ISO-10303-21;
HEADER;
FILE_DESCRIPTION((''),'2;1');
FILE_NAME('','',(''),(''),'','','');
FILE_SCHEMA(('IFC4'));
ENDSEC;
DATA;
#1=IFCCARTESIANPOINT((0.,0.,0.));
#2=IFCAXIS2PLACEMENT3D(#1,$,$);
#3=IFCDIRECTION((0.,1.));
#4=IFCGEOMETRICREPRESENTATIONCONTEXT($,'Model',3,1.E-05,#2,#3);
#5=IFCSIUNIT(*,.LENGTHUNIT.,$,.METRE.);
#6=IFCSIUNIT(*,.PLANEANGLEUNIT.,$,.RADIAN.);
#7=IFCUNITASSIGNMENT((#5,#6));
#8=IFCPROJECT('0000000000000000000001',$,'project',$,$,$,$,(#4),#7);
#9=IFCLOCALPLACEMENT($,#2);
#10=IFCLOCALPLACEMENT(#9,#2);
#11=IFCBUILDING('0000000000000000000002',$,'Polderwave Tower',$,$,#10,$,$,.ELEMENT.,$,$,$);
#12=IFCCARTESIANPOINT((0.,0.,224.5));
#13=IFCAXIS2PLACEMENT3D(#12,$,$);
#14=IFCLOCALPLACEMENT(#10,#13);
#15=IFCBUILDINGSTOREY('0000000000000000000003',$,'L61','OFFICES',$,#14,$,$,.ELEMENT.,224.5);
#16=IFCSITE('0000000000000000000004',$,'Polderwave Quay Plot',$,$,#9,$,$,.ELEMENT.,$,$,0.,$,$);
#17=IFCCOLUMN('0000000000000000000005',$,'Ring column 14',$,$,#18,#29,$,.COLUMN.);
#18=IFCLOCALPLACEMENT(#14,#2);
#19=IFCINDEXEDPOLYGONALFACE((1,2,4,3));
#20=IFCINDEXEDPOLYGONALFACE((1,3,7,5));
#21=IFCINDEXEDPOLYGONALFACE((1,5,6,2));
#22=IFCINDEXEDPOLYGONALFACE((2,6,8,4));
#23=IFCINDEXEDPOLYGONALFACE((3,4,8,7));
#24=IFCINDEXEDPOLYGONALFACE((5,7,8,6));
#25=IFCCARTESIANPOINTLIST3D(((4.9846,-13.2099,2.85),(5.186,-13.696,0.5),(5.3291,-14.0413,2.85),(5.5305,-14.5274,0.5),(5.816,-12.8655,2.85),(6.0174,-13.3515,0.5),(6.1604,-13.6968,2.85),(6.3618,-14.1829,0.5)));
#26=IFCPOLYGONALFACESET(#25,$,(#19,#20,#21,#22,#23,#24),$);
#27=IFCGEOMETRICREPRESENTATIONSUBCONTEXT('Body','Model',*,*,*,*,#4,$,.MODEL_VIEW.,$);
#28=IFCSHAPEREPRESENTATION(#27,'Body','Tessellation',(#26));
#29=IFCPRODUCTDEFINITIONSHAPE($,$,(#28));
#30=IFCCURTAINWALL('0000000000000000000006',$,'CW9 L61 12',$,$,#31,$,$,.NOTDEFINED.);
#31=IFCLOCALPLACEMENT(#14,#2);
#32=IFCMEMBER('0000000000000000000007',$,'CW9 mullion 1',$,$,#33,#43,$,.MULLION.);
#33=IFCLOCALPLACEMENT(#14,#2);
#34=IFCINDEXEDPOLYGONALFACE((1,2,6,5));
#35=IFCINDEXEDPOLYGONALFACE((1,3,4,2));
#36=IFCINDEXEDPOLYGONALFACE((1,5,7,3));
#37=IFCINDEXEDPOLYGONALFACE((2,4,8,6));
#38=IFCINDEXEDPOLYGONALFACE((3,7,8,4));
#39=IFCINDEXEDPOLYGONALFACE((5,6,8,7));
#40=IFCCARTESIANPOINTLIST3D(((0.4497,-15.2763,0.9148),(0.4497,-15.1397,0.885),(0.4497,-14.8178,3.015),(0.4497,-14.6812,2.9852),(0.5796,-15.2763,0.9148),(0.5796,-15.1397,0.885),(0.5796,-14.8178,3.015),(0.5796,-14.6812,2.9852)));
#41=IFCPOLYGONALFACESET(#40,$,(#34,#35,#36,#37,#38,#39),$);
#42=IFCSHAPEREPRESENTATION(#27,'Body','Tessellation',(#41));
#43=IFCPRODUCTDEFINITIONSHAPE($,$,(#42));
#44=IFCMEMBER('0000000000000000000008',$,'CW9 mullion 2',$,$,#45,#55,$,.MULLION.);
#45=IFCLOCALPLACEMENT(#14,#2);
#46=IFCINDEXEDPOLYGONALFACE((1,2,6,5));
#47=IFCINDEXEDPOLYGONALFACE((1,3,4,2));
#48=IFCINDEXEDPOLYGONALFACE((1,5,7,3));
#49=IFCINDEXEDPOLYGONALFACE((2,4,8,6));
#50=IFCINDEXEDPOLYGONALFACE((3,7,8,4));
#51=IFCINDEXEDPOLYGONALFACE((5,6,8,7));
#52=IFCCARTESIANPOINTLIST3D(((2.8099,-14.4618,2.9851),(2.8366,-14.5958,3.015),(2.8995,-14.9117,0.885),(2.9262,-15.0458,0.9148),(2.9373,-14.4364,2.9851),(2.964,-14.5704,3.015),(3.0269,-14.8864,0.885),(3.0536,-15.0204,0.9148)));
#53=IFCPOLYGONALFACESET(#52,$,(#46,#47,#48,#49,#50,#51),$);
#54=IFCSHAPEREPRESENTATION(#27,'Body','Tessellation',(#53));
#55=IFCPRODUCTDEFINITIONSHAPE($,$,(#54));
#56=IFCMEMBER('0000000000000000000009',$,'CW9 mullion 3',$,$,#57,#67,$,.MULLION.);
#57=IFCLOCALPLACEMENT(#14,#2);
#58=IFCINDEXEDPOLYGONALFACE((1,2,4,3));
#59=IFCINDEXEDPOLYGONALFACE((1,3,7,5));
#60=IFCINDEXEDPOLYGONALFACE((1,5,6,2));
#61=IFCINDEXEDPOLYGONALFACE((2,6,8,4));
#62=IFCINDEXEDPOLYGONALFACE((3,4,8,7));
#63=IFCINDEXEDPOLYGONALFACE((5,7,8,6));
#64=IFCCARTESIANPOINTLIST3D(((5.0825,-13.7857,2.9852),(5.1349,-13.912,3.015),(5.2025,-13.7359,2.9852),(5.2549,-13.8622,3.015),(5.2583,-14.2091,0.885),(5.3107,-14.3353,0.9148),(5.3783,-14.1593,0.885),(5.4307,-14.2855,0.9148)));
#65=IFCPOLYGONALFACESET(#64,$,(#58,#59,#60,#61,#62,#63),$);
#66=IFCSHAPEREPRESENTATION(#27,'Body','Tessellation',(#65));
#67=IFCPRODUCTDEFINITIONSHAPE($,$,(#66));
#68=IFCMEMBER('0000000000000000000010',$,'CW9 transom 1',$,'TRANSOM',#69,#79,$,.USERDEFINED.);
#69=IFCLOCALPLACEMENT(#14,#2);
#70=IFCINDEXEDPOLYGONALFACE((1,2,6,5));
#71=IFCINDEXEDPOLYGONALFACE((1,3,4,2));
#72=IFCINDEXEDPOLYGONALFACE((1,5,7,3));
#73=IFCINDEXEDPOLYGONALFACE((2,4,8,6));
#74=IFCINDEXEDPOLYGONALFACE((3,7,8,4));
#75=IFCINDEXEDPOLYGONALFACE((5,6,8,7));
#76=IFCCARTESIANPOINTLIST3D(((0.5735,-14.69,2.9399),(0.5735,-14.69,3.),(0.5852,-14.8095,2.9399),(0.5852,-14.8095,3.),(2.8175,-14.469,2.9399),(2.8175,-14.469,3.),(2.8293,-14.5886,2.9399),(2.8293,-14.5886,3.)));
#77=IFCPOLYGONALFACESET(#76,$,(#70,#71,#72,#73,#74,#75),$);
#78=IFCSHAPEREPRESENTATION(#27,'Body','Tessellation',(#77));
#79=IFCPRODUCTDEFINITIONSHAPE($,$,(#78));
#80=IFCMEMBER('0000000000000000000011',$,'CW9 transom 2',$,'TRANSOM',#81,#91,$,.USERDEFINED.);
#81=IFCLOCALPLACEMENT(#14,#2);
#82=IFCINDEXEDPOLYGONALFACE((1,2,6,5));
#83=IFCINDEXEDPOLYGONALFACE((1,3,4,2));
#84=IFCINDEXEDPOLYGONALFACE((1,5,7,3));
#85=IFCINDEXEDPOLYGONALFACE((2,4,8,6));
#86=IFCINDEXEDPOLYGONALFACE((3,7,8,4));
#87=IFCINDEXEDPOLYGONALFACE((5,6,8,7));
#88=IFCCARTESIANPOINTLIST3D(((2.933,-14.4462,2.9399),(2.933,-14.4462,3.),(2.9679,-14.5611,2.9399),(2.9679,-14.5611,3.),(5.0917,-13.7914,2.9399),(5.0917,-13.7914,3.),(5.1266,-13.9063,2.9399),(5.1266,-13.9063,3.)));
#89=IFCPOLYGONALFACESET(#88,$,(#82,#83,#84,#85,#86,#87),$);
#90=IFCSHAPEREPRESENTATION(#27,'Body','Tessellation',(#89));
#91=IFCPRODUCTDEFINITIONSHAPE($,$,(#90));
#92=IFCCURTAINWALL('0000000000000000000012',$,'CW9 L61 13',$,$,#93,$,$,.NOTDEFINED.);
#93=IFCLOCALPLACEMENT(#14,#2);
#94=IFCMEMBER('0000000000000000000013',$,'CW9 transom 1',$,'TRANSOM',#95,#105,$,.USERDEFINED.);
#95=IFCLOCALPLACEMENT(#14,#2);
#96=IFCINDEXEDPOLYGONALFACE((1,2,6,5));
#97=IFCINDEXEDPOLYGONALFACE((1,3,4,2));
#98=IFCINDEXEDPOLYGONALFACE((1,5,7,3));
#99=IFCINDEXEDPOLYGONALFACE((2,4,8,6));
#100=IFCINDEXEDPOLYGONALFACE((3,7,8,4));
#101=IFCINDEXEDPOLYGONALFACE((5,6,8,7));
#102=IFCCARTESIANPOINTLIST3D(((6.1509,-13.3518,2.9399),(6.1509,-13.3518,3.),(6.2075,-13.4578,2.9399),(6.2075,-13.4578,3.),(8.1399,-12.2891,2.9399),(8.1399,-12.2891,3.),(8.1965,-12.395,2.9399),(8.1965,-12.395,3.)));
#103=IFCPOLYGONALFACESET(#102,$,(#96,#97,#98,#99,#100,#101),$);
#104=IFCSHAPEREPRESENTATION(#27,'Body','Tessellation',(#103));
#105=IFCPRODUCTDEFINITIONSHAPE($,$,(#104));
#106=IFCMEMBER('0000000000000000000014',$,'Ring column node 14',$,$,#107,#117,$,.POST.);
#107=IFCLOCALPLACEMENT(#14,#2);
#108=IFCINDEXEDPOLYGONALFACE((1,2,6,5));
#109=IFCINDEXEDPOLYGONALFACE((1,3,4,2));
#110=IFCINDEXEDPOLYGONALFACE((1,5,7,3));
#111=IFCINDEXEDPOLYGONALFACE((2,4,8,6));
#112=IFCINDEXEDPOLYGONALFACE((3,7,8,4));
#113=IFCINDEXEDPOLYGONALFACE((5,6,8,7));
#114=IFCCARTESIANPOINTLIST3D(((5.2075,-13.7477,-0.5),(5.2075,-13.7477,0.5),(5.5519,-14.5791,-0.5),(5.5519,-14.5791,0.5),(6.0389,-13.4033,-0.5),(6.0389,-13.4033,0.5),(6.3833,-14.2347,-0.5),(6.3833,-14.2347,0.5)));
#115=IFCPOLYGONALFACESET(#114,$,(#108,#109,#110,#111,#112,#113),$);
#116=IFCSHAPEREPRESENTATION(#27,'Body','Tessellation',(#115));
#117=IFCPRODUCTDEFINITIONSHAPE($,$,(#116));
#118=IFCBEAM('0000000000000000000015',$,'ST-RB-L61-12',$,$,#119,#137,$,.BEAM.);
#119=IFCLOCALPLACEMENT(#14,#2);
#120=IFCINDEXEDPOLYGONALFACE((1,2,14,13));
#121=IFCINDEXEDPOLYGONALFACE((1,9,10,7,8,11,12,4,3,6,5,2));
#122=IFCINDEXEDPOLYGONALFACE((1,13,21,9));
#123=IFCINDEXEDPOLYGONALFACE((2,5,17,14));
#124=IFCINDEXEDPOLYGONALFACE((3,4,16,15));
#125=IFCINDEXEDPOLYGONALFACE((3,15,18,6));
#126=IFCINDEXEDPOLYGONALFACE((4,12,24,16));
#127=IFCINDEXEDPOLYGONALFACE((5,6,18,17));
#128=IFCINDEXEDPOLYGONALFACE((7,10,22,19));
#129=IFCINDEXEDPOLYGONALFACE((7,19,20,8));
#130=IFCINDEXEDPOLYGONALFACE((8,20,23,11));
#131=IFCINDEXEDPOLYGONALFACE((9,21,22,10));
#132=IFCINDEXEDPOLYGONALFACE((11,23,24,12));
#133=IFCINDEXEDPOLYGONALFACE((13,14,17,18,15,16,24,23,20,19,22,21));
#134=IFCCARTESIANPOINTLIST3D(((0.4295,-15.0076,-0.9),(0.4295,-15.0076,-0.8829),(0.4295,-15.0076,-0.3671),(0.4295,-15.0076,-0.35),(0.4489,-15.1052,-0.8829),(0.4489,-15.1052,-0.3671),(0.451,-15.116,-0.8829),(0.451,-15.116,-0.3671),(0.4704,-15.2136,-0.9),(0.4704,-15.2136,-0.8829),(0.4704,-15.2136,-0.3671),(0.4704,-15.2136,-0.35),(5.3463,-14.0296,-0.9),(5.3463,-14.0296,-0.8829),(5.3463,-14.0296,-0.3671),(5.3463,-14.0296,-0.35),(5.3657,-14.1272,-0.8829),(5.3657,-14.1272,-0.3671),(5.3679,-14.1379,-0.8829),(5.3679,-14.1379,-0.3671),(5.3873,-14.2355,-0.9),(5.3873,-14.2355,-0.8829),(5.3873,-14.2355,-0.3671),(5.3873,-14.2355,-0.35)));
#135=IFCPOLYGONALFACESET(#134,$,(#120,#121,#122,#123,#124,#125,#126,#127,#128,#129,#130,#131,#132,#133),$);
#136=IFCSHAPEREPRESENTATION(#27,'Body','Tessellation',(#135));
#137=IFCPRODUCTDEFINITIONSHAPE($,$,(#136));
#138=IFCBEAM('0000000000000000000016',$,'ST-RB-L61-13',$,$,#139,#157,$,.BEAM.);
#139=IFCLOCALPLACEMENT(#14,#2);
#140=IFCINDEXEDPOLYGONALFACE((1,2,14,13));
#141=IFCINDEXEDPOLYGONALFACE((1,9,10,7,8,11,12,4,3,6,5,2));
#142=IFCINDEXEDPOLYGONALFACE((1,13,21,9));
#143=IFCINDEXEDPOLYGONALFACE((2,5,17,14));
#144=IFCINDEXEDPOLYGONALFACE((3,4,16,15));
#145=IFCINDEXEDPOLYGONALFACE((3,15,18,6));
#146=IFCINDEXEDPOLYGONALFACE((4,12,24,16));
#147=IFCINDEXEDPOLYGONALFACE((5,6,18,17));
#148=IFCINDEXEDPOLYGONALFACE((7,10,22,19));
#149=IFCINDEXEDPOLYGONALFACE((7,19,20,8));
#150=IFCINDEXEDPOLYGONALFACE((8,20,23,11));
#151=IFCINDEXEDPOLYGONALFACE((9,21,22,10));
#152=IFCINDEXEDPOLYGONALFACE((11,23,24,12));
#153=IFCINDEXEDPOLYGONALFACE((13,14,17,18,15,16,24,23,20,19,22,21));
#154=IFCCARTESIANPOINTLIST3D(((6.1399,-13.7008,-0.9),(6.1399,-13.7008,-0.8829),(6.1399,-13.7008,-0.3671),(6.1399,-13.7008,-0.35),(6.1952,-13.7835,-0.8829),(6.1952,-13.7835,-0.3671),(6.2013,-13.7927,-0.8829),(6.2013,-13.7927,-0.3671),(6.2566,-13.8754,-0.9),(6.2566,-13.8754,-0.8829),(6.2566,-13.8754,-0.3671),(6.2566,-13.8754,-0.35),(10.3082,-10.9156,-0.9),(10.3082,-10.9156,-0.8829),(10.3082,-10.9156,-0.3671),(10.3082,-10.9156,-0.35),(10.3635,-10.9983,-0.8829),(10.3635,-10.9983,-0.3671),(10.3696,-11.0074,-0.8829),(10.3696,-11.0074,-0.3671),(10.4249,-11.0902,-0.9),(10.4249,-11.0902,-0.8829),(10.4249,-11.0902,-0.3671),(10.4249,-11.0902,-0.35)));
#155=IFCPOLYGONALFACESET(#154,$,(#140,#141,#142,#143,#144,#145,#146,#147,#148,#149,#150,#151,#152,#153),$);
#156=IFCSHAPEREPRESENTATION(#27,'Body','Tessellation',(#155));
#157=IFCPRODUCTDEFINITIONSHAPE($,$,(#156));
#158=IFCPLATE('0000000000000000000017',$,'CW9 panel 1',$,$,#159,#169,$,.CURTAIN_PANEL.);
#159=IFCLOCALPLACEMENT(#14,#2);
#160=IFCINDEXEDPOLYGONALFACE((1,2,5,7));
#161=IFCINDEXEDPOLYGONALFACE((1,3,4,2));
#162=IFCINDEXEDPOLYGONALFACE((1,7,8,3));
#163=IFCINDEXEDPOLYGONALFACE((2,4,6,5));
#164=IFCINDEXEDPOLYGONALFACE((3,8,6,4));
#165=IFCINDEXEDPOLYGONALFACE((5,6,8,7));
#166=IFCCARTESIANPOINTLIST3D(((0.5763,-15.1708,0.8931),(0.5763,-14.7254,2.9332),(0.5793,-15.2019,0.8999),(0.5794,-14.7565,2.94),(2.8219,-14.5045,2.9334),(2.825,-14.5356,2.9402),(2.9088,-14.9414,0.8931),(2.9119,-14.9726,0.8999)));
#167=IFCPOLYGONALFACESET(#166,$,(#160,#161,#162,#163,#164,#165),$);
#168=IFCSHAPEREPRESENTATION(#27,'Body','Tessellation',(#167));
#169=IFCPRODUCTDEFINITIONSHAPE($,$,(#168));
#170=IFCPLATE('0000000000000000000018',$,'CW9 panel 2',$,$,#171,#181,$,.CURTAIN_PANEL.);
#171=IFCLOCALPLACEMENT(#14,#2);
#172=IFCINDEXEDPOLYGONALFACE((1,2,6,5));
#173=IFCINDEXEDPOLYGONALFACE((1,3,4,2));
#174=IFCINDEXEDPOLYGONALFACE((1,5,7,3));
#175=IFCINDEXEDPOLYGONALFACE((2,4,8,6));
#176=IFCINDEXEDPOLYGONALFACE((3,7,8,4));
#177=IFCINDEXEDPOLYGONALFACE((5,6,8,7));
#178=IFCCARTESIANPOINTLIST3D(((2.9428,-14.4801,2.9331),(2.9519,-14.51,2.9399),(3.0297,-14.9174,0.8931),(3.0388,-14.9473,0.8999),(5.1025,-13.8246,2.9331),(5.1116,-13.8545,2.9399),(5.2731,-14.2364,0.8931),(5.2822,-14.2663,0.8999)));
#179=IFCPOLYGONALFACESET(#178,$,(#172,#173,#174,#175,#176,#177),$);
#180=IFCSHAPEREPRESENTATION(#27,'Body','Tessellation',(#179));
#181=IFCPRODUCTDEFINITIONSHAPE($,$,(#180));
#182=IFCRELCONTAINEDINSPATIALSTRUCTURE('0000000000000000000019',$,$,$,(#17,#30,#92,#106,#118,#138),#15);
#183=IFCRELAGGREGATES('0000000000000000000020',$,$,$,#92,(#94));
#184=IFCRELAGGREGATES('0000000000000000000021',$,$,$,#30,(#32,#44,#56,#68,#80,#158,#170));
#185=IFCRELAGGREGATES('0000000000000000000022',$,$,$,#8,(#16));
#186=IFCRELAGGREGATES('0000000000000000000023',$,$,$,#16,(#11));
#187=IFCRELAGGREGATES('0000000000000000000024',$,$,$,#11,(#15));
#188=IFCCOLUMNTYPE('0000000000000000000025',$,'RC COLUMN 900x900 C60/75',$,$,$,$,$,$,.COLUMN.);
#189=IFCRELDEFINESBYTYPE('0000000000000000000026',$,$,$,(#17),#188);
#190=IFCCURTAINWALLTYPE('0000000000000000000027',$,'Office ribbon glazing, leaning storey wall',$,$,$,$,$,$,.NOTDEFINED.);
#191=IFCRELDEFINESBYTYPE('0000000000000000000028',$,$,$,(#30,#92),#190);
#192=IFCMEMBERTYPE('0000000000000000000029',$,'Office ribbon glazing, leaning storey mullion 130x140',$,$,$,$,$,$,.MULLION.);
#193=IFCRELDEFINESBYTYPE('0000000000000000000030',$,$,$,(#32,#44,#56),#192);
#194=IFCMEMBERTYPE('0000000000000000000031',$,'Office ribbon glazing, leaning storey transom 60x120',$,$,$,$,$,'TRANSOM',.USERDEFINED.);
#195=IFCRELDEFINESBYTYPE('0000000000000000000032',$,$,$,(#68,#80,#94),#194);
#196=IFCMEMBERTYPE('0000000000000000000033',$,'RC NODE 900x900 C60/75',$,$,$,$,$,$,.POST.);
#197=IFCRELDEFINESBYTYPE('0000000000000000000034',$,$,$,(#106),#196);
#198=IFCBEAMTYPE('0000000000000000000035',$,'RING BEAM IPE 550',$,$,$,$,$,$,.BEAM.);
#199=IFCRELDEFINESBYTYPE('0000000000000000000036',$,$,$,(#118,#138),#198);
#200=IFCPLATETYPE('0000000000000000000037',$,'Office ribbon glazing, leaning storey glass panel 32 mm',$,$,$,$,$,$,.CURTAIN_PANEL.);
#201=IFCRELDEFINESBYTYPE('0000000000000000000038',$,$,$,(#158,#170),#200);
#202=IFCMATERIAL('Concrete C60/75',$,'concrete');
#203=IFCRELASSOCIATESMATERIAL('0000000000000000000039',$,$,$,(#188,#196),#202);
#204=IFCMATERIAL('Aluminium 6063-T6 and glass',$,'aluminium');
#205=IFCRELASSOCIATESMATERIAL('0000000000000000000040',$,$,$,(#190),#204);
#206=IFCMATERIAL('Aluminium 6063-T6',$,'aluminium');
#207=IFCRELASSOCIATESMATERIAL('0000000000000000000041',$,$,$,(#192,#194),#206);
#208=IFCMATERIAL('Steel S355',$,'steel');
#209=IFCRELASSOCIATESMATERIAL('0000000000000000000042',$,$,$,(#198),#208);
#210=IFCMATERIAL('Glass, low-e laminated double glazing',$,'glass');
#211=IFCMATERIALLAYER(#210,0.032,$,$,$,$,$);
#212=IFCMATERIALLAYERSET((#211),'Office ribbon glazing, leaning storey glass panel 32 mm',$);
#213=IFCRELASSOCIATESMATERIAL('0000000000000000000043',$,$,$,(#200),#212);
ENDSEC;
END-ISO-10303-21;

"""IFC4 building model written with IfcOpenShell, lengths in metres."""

from ifc_helpers import new_model, si_unit, direction, frame, origin, origin_2d, place, context, subcontext, project, spatial, polyline, rectangle, i_section, outline, extrude, material, layer, layer_set, material_profile, profile_set, type_object, element, aggregate, save


model = new_model("IFC4")

# Units and contexts
model_context = context("Model", 3, precision=1e-05, world=origin(), true_north=direction((0.0, 1.0)))
body_context = subcontext(model_context, "Body", "Model", "MODEL_VIEW")
ifc_project = project(units=[si_unit("LENGTHUNIT", "METRE"), si_unit("PLANEANGLEUNIT", "RADIAN")], contexts=[model_context])

# Site, building, storey
site_placement = place(None, origin())
site = spatial("IfcSite", under=ifc_project, at=site_placement, Name="Polderwave Quay Plot", CompositionType="ELEMENT", RefElevation=0.0)
building_placement = place(site_placement, origin())
building = spatial("IfcBuilding", under=site, at=building_placement, Name="Polderwave Tower", CompositionType="ELEMENT")
storey_placement = place(building_placement, frame((0.0, 0.0, 224.5)))
storey = spatial("IfcBuildingStorey", under=building, at=storey_placement, Name="L61", Description="OFFICES", CompositionType="ELEMENT", Elevation=224.5)

# Column
ifc_material_1 = material(Name="Concrete C60/75", Category="concrete")
ifc_material_profile_1 = material_profile(ifc_material_1, rectangle(XDim=0.8999, YDim=0.8999, at=origin_2d()), Name="RC 900x900")
ifc_profile_set_1 = profile_set([ifc_material_profile_1], Name="Concrete C60/75")
column_type = type_object("IfcColumnType", Name="RC COLUMN 900x900 C60/75", PredefinedType="COLUMN", material=ifc_profile_set_1)
column_placement = place(storey_placement, frame((5.7739, -13.9395, 0.5), z_axis=(0.0, 0.0, 1.0), x_axis=(-0.92383, -0.382803, 0.0)))
element("IfcColumn", 1, at=column_placement, inside=storey, type_object=column_type, Name="Ring column 14", PredefinedType="COLUMN", context=body_context, shape_type="SweptSolid", body=[
    extrude(rectangle(XDim=0.8999, YDim=0.8999, at=origin_2d()), origin(), (0.0, -0.21848, 0.975841), 2.4082),
])

# Curtain wall, members
ifc_material_2 = material(Name="Aluminium 6063-T6 and glass", Category="aluminium")
curtain_wall_type = type_object("IfcCurtainWallType", Name="Office ribbon glazing, leaning storey wall", PredefinedType="NOTDEFINED", material=ifc_material_2)
curtain_wall_1_placement = place(storey_placement, origin())
curtain_wall_1 = element("IfcCurtainWall", 2, at=curtain_wall_1_placement, inside=storey, type_object=curtain_wall_type, Name="CW9 L61 12", PredefinedType="NOTDEFINED")
ifc_material_3 = material(Name="Aluminium 6063-T6", Category="aluminium")
ifc_material_profile_2 = material_profile(ifc_material_3, rectangle(XDim=0.1299, YDim=0.1399, at=origin_2d()), Name="AL 130x140")
ifc_profile_set_2 = profile_set([ifc_material_profile_2], Name="Aluminium 6063-T6")
member_type_1 = type_object("IfcMemberType", Name="Office ribbon glazing, leaning storey mullion 130x140", PredefinedType="MULLION", material=ifc_profile_set_2)
member_1_placement = place(storey_placement, frame((0.5146, -15.208, 0.8999), z_axis=(0.0, 0.213297, 0.976987), x_axis=(-1.0, 0.0, 0.0)))
member_1 = element("IfcMember", 3, at=member_1_placement, type_object=member_type_1, Name="CW9 mullion 1", PredefinedType="MULLION", context=body_context, shape_type="SweptSolid", body=[
    extrude(rectangle(XDim=0.1299, YDim=0.1399, at=origin_2d()), origin(), (0.0, 0.0, 1.0), 2.1497),
])
member_2_placement = place(storey_placement, frame((2.9766, -14.9661, 0.8999), z_axis=(-0.041681, 0.209316, 0.976959), x_axis=(-0.980744, -0.195297, 0.0)))
member_2 = element("IfcMember", 4, at=member_2_placement, type_object=member_type_1, Name="CW9 mullion 2", PredefinedType="MULLION", context=body_context, shape_type="SweptSolid", body=[
    extrude(rectangle(XDim=0.1299, YDim=0.1399, at=origin_2d()), origin(), (0.0, 0.0, 1.0), 2.1497),
])
member_3_placement = place(storey_placement, frame((5.3445, -14.2473, 0.8999), z_axis=(-0.081776, 0.196944, 0.976998), x_axis=(-0.923549, -0.383481, 0.0)))
member_3 = element("IfcMember", 5, at=member_3_placement, type_object=member_type_1, Name="CW9 mullion 3", PredefinedType="MULLION", context=body_context, shape_type="SweptSolid", body=[
    extrude(rectangle(XDim=0.1299, YDim=0.1399, at=origin_2d()), origin(), (0.0, 0.0, 1.0), 2.1497),
])
ifc_material_profile_3 = material_profile(ifc_material_3, rectangle(XDim=0.1201, YDim=0.0601, at=origin_2d()), Name="AL 60x120")
ifc_profile_set_3 = profile_set([ifc_material_profile_3], Name="Aluminium 6063-T6")
member_type_2 = type_object("IfcMemberType", Name="Office ribbon glazing, leaning storey transom 60x120", ElementType="TRANSOM", PredefinedType="USERDEFINED", material=ifc_profile_set_3)
member_4_placement = place(storey_placement, frame((0.5793, -14.7498, 2.97), z_axis=(0.995188, 0.097981, 0.0), x_axis=(-0.097981, 0.995188, 0.0)))
member_4 = element("IfcMember", 6, at=member_4_placement, type_object=member_type_2, Name="CW9 transom 1", ObjectType="TRANSOM", PredefinedType="USERDEFINED", context=body_context, shape_type="SweptSolid", body=[
    extrude(rectangle(XDim=0.1201, YDim=0.0601, at=origin_2d()), origin(), (0.0, 0.0, 1.0), 2.2549),
])
member_5_placement = place(storey_placement, frame((2.9504, -14.5037, 2.97), z_axis=(0.956946, 0.290266, 0.0), x_axis=(-0.290266, 0.956946, 0.0)))
member_5 = element("IfcMember", 7, at=member_5_placement, type_object=member_type_2, Name="CW9 transom 2", ObjectType="TRANSOM", PredefinedType="USERDEFINED", context=body_context, shape_type="SweptSolid", body=[
    extrude(rectangle(XDim=0.1201, YDim=0.0601, at=origin_2d()), origin(), (0.0, 0.0, 1.0), 2.2559),
])

# Curtain wall, member
curtain_wall_2_placement = place(storey_placement, origin())
curtain_wall_2 = element("IfcCurtainWall", 8, at=curtain_wall_2_placement, inside=storey, type_object=curtain_wall_type, Name="CW9 L61 13", PredefinedType="NOTDEFINED")
member_6_placement = place(storey_placement, frame((6.1792, -13.4048, 2.97), z_axis=(0.881996, 0.471257, 0.0), x_axis=(-0.471257, 0.881996, 0.0)))
member_6 = element("IfcMember", 9, at=member_6_placement, type_object=member_type_2, Name="CW9 transom 1", ObjectType="TRANSOM", PredefinedType="USERDEFINED", context=body_context, shape_type="SweptSolid", body=[
    extrude(rectangle(XDim=0.1201, YDim=0.0601, at=origin_2d()), origin(), (0.0, 0.0, 1.0), 2.2551),
])
aggregate(curtain_wall_2, [member_6])

# Member
ifc_material_profile_4 = material_profile(ifc_material_1, rectangle(XDim=0.8999, YDim=0.8999, at=origin_2d()), Name="RC 900x900")
ifc_profile_set_4 = profile_set([ifc_material_profile_4], Name="Concrete C60/75")
member_type_3 = type_object("IfcMemberType", Name="RC NODE 900x900 C60/75", PredefinedType="POST", material=ifc_profile_set_4)
member_7_placement = place(storey_placement, frame((5.7954, -13.9912, -0.5), z_axis=(0.0, 0.0, 1.0), x_axis=(0.382683, -0.92388, 0.0)))
element("IfcMember", 10, at=member_7_placement, inside=storey, type_object=member_type_3, Name="Ring column node 14", PredefinedType="POST", context=body_context, shape_type="SweptSolid", body=[
    extrude(rectangle(XDim=0.8999, YDim=0.8999, at=origin_2d()), origin(), (0.0, 0.0, 1.0), 1.0),
])

# Beams
ifc_material_4 = material(Name="Steel S355", Category="steel")
ifc_material_profile_5 = material_profile(ifc_material_4, i_section(OverallWidth=0.21, OverallDepth=0.55, WebThickness=0.011, FlangeThickness=0.0171, at=origin_2d()), Name="IPE 550")
ifc_profile_set_5 = profile_set([ifc_material_profile_5], Name="Steel S355")
beam_type = type_object("IfcBeamType", Name="RING BEAM IPE 550", PredefinedType="BEAM", material=ifc_profile_set_5)
for number, where, z_axis, x_axis, name in (
    (11, (0.45, -15.1106, -0.625), (0.980784, 0.195095, 0.0), (-0.195095, 0.980784, 0.0), "ST-RB-L61-12"),
    (12, (6.1982, -13.7881, -0.625), (0.831465, 0.555576, 0.0), (-0.555576, 0.831465, 0.0), "ST-RB-L61-13"),
):
    element("IfcBeam", number, at=place(storey_placement, frame(where, z_axis=z_axis, x_axis=x_axis)), inside=storey, type_object=beam_type, Name=name, PredefinedType="BEAM", context=body_context, shape_type="SweptSolid", body=[
        extrude(i_section(OverallWidth=0.21, OverallDepth=0.55, WebThickness=0.011, FlangeThickness=0.0171, at=origin_2d()), origin(), (0.0, 0.0, 1.0), 5.0132),
    ])

# Plates
ifc_material_5 = material(Name="Glass, low-e laminated double glazing", Category="glass")
ifc_layer_1 = layer(ifc_material_5, 0.032)
ifc_layer_set_1 = layer_set([ifc_layer_1], Name="Office ribbon glazing, leaning storey glass panel 32 mm")
plate_type = type_object("IfcPlateType", Name="Office ribbon glazing, leaning storey glass panel 32 mm", PredefinedType="CURTAIN_PANEL", material=ifc_layer_set_1)
plate_1_placement = place(storey_placement, frame((0.5793, -15.2019, 0.8999), z_axis=(0.095621, -0.972508, 0.212331), x_axis=(0.995201, 0.097855, 0.000013)))
plate_1 = element("IfcPlate", 13, at=plate_1_placement, type_object=plate_type, Name="CW9 panel 1", PredefinedType="CURTAIN_PANEL", context=body_context, shape_type="SweptSolid", body=[
    extrude(outline(polyline([(0.0, 0.0), (2.3438, 0.0), (2.3001, 2.0879), (0.0436, 2.0877), (0.0, 0.0)])), origin(), (0.0, 0.0, -1.0), 0.032),
])
plate_2_placement = place(storey_placement, frame((3.0388, -14.9473, 0.8999), z_axis=(0.283803, -0.935037, 0.21251), x_axis=(0.956894, 0.290437, -0.000001)))
plate_2 = element("IfcPlate", 14, at=plate_2_placement, type_object=plate_type, Name="CW9 panel 2", PredefinedType="CURTAIN_PANEL", context=body_context, shape_type="SweptSolid", body=[
    extrude(outline(polyline([(0.0, 0.0), (2.3445, 0.0), (2.3008, 2.0877), (0.0438, 2.0877), (0.0, 0.0)])), origin(), (0.0, 0.0, -1.0), 0.032),
])
aggregate(curtain_wall_1, [member_1, member_2, member_3, member_4, member_5, plate_1, plate_2])

save(model, "model.ifc")
